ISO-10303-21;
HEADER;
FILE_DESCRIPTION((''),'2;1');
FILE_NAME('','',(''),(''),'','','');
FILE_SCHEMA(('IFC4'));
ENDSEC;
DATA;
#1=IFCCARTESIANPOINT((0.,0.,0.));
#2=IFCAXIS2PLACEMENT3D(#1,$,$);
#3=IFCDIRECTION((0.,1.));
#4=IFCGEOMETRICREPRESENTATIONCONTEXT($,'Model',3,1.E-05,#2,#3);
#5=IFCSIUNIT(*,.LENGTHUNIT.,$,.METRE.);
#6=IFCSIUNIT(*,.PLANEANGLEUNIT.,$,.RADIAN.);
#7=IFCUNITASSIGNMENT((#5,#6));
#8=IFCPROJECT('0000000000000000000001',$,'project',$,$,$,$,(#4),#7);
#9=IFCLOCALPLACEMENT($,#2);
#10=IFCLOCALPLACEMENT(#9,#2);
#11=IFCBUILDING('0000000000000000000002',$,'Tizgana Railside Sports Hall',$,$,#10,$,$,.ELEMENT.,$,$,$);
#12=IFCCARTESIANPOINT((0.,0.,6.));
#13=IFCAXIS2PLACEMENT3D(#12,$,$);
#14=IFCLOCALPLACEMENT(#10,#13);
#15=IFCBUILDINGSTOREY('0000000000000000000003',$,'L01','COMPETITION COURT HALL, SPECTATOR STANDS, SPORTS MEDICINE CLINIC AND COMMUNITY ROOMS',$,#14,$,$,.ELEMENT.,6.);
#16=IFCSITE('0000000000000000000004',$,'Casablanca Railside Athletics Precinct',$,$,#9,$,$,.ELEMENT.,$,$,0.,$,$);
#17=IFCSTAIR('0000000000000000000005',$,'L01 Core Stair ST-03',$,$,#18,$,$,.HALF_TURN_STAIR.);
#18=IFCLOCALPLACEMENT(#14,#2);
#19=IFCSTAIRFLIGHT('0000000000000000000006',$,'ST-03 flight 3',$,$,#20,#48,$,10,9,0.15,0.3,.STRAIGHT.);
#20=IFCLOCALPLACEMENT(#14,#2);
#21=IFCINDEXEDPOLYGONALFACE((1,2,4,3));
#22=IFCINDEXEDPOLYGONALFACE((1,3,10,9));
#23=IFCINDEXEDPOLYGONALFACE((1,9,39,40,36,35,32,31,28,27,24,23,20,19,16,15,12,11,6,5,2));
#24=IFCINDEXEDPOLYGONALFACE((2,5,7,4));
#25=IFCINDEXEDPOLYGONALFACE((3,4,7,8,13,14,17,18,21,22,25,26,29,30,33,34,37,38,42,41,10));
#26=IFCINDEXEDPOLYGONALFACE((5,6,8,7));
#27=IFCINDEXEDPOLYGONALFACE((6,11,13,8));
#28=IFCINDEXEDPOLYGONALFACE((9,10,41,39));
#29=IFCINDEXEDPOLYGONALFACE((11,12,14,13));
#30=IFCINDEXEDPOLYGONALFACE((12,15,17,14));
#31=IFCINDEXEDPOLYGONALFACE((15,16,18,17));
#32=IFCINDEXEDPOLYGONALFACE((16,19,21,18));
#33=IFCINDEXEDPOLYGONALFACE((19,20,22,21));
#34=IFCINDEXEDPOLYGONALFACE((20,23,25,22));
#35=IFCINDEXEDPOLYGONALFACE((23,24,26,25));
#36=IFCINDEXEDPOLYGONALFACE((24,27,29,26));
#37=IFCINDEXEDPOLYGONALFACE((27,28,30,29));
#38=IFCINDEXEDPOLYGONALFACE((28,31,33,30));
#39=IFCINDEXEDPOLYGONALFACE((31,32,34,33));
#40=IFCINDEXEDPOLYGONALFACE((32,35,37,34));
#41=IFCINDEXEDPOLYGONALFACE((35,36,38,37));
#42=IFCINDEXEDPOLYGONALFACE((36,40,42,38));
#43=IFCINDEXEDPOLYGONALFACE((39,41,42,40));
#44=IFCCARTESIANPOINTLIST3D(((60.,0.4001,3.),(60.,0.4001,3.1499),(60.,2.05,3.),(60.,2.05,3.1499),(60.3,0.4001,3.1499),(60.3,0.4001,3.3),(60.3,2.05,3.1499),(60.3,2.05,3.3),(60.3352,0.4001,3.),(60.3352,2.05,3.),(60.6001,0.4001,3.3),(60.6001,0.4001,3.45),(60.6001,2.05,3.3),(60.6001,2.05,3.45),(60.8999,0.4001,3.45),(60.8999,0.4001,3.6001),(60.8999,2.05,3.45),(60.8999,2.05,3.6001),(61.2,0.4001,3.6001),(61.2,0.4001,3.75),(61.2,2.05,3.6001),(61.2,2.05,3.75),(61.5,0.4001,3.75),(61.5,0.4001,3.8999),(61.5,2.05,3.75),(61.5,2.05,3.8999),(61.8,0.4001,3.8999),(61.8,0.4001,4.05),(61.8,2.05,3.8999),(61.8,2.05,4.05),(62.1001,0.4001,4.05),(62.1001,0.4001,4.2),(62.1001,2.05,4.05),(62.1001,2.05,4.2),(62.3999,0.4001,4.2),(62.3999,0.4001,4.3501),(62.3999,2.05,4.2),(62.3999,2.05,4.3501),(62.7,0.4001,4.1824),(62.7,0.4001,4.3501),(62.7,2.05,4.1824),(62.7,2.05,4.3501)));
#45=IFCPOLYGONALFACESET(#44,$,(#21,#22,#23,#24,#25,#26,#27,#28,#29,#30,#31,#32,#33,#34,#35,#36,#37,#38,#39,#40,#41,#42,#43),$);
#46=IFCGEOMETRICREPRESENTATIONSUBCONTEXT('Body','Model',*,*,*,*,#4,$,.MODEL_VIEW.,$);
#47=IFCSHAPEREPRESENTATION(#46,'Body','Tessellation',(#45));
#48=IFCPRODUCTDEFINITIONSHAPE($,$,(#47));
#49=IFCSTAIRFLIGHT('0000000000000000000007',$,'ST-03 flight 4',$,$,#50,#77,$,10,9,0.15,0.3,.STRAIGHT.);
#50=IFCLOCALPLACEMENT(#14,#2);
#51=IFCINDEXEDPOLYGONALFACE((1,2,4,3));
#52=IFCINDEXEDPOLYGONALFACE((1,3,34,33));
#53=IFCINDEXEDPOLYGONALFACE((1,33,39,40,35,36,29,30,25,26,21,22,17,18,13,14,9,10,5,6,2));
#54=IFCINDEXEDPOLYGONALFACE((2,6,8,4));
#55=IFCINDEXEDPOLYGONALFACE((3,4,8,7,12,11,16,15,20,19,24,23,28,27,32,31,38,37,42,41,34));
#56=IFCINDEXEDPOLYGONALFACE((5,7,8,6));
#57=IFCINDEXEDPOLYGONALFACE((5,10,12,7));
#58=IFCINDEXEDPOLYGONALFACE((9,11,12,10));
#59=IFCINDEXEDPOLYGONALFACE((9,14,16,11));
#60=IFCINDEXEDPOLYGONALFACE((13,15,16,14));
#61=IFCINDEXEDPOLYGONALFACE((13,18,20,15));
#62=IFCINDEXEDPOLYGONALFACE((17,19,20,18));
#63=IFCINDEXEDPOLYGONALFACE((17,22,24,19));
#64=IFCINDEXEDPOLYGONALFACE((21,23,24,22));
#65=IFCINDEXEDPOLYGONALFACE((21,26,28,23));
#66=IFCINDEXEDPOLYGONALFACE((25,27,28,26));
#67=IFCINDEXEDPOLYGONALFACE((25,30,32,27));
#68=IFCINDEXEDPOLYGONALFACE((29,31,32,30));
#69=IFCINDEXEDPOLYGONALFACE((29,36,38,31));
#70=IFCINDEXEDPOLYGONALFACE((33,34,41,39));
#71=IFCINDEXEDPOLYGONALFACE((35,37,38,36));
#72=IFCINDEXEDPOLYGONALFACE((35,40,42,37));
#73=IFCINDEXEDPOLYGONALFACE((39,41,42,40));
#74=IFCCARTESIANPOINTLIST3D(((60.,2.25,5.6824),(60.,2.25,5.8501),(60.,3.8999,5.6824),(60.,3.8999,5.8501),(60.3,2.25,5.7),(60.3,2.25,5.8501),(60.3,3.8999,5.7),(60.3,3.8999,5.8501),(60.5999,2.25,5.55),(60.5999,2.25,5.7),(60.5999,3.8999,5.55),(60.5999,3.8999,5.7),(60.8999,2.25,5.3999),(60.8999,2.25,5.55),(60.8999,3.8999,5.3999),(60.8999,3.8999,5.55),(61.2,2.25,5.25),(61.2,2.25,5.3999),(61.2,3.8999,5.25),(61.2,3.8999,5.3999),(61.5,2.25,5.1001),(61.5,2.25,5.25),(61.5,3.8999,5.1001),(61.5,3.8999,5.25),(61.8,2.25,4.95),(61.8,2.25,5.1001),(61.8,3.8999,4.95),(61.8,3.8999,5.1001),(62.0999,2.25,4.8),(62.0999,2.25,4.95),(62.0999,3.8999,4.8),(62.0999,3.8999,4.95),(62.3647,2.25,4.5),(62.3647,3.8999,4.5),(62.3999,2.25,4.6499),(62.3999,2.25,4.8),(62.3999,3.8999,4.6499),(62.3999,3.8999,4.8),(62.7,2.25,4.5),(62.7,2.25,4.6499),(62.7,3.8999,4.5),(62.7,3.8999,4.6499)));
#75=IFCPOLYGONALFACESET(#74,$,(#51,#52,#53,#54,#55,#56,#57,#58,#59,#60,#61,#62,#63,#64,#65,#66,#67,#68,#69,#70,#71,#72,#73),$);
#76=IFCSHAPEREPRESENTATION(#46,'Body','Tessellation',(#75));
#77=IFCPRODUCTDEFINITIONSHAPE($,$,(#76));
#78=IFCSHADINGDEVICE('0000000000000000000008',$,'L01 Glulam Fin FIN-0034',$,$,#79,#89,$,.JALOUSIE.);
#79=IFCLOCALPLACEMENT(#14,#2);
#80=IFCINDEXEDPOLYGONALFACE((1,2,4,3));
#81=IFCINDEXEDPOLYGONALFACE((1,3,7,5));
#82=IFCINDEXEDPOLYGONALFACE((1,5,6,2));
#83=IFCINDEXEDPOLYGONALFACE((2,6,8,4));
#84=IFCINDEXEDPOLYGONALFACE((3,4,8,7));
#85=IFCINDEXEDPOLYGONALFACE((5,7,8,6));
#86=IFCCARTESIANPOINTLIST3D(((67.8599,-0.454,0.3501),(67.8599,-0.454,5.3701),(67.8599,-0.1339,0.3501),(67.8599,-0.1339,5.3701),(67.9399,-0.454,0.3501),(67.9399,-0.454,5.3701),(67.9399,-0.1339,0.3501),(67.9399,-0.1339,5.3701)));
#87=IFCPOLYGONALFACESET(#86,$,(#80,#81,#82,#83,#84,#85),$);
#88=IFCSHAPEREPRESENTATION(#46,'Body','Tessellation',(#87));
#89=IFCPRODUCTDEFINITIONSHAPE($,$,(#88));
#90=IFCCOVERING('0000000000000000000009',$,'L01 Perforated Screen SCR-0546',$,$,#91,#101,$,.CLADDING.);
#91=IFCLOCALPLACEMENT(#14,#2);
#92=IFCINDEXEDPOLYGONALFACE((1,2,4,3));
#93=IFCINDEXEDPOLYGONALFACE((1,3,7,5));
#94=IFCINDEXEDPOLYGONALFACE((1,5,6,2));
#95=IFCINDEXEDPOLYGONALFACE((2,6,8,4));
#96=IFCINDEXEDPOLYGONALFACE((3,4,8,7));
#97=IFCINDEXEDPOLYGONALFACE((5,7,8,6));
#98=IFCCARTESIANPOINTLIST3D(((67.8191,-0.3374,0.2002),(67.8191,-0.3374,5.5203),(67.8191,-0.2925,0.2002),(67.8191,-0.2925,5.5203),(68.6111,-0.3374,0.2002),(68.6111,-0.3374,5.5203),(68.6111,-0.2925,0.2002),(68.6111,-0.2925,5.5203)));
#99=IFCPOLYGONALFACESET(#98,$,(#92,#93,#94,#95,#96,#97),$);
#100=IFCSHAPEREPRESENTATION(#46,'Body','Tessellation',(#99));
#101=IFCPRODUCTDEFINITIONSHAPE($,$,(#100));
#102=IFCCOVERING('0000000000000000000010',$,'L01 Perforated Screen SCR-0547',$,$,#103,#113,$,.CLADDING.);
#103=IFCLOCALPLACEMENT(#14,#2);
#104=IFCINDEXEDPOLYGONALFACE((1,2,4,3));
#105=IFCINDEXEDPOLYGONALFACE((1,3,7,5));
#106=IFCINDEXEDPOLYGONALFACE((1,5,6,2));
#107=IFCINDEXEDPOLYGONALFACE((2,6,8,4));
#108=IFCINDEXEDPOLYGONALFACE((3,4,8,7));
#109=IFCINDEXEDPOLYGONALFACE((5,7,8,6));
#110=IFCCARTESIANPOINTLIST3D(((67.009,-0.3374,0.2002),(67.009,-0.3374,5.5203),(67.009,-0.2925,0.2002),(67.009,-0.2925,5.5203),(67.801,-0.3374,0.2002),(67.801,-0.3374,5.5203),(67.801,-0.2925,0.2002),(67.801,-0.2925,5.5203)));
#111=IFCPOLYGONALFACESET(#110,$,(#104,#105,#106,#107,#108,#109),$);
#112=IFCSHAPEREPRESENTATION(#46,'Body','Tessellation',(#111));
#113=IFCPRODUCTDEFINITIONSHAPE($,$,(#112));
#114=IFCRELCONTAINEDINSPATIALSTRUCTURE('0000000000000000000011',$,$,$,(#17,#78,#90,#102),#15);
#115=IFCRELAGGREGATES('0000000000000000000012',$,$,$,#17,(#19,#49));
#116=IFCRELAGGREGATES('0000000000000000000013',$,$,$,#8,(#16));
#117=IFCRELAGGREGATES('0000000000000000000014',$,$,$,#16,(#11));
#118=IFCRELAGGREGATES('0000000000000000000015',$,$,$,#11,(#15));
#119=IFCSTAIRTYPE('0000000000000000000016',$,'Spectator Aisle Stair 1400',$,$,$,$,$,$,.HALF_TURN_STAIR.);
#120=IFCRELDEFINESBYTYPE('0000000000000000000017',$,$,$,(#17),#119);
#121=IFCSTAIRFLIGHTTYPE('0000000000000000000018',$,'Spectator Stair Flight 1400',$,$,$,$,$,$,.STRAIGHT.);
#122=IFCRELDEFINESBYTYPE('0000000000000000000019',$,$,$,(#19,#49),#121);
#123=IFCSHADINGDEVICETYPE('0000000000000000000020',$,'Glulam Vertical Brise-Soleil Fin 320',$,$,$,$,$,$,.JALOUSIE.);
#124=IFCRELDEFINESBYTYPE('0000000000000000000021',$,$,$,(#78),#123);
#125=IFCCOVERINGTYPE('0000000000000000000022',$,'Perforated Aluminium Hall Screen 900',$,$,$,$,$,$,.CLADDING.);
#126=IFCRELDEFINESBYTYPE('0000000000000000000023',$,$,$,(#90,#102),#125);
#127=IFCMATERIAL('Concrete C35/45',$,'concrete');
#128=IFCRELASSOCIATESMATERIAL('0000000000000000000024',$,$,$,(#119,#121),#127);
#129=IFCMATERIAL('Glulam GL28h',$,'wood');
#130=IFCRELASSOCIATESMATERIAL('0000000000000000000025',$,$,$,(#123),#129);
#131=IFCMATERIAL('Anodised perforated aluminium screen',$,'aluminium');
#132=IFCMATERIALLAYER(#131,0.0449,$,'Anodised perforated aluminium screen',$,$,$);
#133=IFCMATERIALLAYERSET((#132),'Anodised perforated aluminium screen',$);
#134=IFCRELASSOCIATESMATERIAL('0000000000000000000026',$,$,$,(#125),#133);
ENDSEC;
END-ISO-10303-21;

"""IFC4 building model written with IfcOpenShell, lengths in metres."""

from ifc_helpers import new_model, si_unit, direction, frame, origin, origin_2d, place, context, subcontext, project, spatial, polyline, rectangle, outline, extrude, material, layer, layer_set, type_object, element, aggregate, save


model = new_model("IFC4")

# Units and contexts
model_context = context("Model", 3, precision=1e-05, world=origin(), true_north=direction((0.0, 1.0)))
body_context = subcontext(model_context, "Body", "Model", "MODEL_VIEW")
ifc_project = project(units=[si_unit("LENGTHUNIT", "METRE"), si_unit("PLANEANGLEUNIT", "RADIAN")], contexts=[model_context])

# Site, building, storey
site_placement = place(None, origin())
site = spatial("IfcSite", under=ifc_project, at=site_placement, Name="Casablanca Railside Athletics Precinct", CompositionType="ELEMENT", RefElevation=0.0)
building_placement = place(site_placement, origin())
building = spatial("IfcBuilding", under=site, at=building_placement, Name="Tizgana Railside Sports Hall", CompositionType="ELEMENT")
storey_placement = place(building_placement, frame((0.0, 0.0, 6.0)))
storey = spatial("IfcBuildingStorey", under=building, at=storey_placement, Name="L01", Description="COMPETITION COURT HALL, SPECTATOR STANDS, SPORTS MEDICINE CLINIC AND COMMUNITY ROOMS", CompositionType="ELEMENT", Elevation=6.0)

# Shared definitions
ifc_material_1 = material(Name="Concrete C35/45", Category="concrete")

# Stair, stair flights
stair_type = type_object("IfcStairType", Name="Spectator Aisle Stair 1400", PredefinedType="HALF_TURN_STAIR", material=ifc_material_1)
stair_placement = place(storey_placement, origin())
stair = element("IfcStair", 1, at=stair_placement, inside=storey, type_object=stair_type, Name="L01 Core Stair ST-03", PredefinedType="HALF_TURN_STAIR")
stair_flight_type = type_object("IfcStairFlightType", Name="Spectator Stair Flight 1400", PredefinedType="STRAIGHT", material=ifc_material_1)
stair_flight_1_placement = place(storey_placement, frame((60.0, 1.2251, 3.0), z_axis=(0.0, 0.0, 1.0), x_axis=(1.0, 0.0, 0.0)))
stair_flight_1 = element("IfcStairFlight", 2, at=stair_flight_1_placement, type_object=stair_flight_type, Name="ST-03 flight 3", NumberOfRisers=10, NumberOfTreads=9, PredefinedType="STRAIGHT", RiserHeight=0.15, TreadLength=0.3, context=body_context, shape_type="SweptSolid", body=[
    extrude(outline(polyline([(0.0, 0.0), (0.0, 0.1499), (0.3, 0.1499), (0.3, 0.3), (0.6001, 0.3), (0.6001, 0.45), (0.8999, 0.45), (0.8999, 0.6001), (1.2, 0.6001), (1.2, 0.75), (1.5, 0.75), (1.5, 0.8999), (1.8, 0.8999), (1.8, 1.05), (2.1001, 1.05), (2.1001, 1.2), (2.3999, 1.2), (2.3999, 1.3501), (2.7, 1.3501), (2.7, 1.5), (2.7, 1.1824), (0.3352, 0.0), (0.0, 0.0)])), frame((0.0, 0.825, 0.0), z_axis=(0.0, -1.0, 0.0), x_axis=(1.0, 0.0, 0.0)), (0.0, 0.0, 1.0), 1.6499),
])
stair_flight_2_placement = place(storey_placement, frame((62.7, 3.075, 4.5), z_axis=(0.0, 0.0, 1.0), x_axis=(-1.0, 0.0, 0.0)))
stair_flight_2 = element("IfcStairFlight", 3, at=stair_flight_2_placement, type_object=stair_flight_type, Name="ST-03 flight 4", NumberOfRisers=10, NumberOfTreads=9, PredefinedType="STRAIGHT", RiserHeight=0.15, TreadLength=0.3, context=body_context, shape_type="SweptSolid", body=[
    extrude(outline(polyline([(0.0, 0.0), (0.0, 0.1499), (0.3, 0.1499), (0.3, 0.3), (0.6001, 0.3), (0.6001, 0.45), (0.8999, 0.45), (0.8999, 0.6001), (1.2, 0.6001), (1.2, 0.75), (1.5, 0.75), (1.5, 0.8999), (1.8, 0.8999), (1.8, 1.05), (2.1001, 1.05), (2.1001, 1.2), (2.3999, 1.2), (2.3999, 1.3501), (2.7, 1.3501), (2.7, 1.5), (2.7, 1.1824), (0.3352, 0.0), (0.0, 0.0)])), frame((0.0, 0.825, 0.0), z_axis=(0.0, -1.0, 0.0), x_axis=(1.0, 0.0, 0.0)), (0.0, 0.0, 1.0), 1.6499),
])
aggregate(stair, [stair_flight_1, stair_flight_2])

# Shading device
ifc_material_2 = material(Name="Glulam GL28h", Category="wood")
shading_device_type = type_object("IfcShadingDeviceType", Name="Glulam Vertical Brise-Soleil Fin 320", PredefinedType="JALOUSIE", material=ifc_material_2)
shading_device_placement = place(storey_placement, frame((67.8999, -0.2939, 0.3501), z_axis=(0.0, 0.0, 1.0), x_axis=(-1.0, 0.0, 0.0)))
element("IfcShadingDevice", 4, at=shading_device_placement, inside=storey, type_object=shading_device_type, Name="L01 Glulam Fin FIN-0034", PredefinedType="JALOUSIE", context=body_context, shape_type="SweptSolid", body=[
    extrude(rectangle(XDim=0.0801, YDim=0.3201, at=origin_2d()), origin(), (0.0, 0.0, 1.0), 5.02),
])

# Coverings
ifc_material_3 = material(Name="Anodised perforated aluminium screen", Category="aluminium")
ifc_layer_1 = layer(ifc_material_3, 0.0449, Name="Anodised perforated aluminium screen")
ifc_layer_set_1 = layer_set([ifc_layer_1], Name="Anodised perforated aluminium screen")
covering_type = type_object("IfcCoveringType", Name="Perforated Aluminium Hall Screen 900", PredefinedType="CLADDING", material=ifc_layer_set_1)
for number, where, z_axis, x_axis, name in (
    (5, (68.2151, -0.3149, 0.2002), (0.0, 0.0, 1.0), (-1.0, 0.0, 0.0), "L01 Perforated Screen SCR-0546"),
    (6, (67.405, -0.3149, 0.2002), (0.0, 0.0, 1.0), (-1.0, 0.0, 0.0), "L01 Perforated Screen SCR-0547"),
):
    element("IfcCovering", number, at=place(storey_placement, frame(where, z_axis=z_axis, x_axis=x_axis)), inside=storey, type_object=covering_type, Name=name, PredefinedType="CLADDING", context=body_context, shape_type="SweptSolid", body=[
        extrude(rectangle(XDim=0.792, YDim=0.0449, at=origin_2d()), origin(), (0.0, 0.0, 1.0), 5.3201),
    ])

save(model, "model.ifc")
